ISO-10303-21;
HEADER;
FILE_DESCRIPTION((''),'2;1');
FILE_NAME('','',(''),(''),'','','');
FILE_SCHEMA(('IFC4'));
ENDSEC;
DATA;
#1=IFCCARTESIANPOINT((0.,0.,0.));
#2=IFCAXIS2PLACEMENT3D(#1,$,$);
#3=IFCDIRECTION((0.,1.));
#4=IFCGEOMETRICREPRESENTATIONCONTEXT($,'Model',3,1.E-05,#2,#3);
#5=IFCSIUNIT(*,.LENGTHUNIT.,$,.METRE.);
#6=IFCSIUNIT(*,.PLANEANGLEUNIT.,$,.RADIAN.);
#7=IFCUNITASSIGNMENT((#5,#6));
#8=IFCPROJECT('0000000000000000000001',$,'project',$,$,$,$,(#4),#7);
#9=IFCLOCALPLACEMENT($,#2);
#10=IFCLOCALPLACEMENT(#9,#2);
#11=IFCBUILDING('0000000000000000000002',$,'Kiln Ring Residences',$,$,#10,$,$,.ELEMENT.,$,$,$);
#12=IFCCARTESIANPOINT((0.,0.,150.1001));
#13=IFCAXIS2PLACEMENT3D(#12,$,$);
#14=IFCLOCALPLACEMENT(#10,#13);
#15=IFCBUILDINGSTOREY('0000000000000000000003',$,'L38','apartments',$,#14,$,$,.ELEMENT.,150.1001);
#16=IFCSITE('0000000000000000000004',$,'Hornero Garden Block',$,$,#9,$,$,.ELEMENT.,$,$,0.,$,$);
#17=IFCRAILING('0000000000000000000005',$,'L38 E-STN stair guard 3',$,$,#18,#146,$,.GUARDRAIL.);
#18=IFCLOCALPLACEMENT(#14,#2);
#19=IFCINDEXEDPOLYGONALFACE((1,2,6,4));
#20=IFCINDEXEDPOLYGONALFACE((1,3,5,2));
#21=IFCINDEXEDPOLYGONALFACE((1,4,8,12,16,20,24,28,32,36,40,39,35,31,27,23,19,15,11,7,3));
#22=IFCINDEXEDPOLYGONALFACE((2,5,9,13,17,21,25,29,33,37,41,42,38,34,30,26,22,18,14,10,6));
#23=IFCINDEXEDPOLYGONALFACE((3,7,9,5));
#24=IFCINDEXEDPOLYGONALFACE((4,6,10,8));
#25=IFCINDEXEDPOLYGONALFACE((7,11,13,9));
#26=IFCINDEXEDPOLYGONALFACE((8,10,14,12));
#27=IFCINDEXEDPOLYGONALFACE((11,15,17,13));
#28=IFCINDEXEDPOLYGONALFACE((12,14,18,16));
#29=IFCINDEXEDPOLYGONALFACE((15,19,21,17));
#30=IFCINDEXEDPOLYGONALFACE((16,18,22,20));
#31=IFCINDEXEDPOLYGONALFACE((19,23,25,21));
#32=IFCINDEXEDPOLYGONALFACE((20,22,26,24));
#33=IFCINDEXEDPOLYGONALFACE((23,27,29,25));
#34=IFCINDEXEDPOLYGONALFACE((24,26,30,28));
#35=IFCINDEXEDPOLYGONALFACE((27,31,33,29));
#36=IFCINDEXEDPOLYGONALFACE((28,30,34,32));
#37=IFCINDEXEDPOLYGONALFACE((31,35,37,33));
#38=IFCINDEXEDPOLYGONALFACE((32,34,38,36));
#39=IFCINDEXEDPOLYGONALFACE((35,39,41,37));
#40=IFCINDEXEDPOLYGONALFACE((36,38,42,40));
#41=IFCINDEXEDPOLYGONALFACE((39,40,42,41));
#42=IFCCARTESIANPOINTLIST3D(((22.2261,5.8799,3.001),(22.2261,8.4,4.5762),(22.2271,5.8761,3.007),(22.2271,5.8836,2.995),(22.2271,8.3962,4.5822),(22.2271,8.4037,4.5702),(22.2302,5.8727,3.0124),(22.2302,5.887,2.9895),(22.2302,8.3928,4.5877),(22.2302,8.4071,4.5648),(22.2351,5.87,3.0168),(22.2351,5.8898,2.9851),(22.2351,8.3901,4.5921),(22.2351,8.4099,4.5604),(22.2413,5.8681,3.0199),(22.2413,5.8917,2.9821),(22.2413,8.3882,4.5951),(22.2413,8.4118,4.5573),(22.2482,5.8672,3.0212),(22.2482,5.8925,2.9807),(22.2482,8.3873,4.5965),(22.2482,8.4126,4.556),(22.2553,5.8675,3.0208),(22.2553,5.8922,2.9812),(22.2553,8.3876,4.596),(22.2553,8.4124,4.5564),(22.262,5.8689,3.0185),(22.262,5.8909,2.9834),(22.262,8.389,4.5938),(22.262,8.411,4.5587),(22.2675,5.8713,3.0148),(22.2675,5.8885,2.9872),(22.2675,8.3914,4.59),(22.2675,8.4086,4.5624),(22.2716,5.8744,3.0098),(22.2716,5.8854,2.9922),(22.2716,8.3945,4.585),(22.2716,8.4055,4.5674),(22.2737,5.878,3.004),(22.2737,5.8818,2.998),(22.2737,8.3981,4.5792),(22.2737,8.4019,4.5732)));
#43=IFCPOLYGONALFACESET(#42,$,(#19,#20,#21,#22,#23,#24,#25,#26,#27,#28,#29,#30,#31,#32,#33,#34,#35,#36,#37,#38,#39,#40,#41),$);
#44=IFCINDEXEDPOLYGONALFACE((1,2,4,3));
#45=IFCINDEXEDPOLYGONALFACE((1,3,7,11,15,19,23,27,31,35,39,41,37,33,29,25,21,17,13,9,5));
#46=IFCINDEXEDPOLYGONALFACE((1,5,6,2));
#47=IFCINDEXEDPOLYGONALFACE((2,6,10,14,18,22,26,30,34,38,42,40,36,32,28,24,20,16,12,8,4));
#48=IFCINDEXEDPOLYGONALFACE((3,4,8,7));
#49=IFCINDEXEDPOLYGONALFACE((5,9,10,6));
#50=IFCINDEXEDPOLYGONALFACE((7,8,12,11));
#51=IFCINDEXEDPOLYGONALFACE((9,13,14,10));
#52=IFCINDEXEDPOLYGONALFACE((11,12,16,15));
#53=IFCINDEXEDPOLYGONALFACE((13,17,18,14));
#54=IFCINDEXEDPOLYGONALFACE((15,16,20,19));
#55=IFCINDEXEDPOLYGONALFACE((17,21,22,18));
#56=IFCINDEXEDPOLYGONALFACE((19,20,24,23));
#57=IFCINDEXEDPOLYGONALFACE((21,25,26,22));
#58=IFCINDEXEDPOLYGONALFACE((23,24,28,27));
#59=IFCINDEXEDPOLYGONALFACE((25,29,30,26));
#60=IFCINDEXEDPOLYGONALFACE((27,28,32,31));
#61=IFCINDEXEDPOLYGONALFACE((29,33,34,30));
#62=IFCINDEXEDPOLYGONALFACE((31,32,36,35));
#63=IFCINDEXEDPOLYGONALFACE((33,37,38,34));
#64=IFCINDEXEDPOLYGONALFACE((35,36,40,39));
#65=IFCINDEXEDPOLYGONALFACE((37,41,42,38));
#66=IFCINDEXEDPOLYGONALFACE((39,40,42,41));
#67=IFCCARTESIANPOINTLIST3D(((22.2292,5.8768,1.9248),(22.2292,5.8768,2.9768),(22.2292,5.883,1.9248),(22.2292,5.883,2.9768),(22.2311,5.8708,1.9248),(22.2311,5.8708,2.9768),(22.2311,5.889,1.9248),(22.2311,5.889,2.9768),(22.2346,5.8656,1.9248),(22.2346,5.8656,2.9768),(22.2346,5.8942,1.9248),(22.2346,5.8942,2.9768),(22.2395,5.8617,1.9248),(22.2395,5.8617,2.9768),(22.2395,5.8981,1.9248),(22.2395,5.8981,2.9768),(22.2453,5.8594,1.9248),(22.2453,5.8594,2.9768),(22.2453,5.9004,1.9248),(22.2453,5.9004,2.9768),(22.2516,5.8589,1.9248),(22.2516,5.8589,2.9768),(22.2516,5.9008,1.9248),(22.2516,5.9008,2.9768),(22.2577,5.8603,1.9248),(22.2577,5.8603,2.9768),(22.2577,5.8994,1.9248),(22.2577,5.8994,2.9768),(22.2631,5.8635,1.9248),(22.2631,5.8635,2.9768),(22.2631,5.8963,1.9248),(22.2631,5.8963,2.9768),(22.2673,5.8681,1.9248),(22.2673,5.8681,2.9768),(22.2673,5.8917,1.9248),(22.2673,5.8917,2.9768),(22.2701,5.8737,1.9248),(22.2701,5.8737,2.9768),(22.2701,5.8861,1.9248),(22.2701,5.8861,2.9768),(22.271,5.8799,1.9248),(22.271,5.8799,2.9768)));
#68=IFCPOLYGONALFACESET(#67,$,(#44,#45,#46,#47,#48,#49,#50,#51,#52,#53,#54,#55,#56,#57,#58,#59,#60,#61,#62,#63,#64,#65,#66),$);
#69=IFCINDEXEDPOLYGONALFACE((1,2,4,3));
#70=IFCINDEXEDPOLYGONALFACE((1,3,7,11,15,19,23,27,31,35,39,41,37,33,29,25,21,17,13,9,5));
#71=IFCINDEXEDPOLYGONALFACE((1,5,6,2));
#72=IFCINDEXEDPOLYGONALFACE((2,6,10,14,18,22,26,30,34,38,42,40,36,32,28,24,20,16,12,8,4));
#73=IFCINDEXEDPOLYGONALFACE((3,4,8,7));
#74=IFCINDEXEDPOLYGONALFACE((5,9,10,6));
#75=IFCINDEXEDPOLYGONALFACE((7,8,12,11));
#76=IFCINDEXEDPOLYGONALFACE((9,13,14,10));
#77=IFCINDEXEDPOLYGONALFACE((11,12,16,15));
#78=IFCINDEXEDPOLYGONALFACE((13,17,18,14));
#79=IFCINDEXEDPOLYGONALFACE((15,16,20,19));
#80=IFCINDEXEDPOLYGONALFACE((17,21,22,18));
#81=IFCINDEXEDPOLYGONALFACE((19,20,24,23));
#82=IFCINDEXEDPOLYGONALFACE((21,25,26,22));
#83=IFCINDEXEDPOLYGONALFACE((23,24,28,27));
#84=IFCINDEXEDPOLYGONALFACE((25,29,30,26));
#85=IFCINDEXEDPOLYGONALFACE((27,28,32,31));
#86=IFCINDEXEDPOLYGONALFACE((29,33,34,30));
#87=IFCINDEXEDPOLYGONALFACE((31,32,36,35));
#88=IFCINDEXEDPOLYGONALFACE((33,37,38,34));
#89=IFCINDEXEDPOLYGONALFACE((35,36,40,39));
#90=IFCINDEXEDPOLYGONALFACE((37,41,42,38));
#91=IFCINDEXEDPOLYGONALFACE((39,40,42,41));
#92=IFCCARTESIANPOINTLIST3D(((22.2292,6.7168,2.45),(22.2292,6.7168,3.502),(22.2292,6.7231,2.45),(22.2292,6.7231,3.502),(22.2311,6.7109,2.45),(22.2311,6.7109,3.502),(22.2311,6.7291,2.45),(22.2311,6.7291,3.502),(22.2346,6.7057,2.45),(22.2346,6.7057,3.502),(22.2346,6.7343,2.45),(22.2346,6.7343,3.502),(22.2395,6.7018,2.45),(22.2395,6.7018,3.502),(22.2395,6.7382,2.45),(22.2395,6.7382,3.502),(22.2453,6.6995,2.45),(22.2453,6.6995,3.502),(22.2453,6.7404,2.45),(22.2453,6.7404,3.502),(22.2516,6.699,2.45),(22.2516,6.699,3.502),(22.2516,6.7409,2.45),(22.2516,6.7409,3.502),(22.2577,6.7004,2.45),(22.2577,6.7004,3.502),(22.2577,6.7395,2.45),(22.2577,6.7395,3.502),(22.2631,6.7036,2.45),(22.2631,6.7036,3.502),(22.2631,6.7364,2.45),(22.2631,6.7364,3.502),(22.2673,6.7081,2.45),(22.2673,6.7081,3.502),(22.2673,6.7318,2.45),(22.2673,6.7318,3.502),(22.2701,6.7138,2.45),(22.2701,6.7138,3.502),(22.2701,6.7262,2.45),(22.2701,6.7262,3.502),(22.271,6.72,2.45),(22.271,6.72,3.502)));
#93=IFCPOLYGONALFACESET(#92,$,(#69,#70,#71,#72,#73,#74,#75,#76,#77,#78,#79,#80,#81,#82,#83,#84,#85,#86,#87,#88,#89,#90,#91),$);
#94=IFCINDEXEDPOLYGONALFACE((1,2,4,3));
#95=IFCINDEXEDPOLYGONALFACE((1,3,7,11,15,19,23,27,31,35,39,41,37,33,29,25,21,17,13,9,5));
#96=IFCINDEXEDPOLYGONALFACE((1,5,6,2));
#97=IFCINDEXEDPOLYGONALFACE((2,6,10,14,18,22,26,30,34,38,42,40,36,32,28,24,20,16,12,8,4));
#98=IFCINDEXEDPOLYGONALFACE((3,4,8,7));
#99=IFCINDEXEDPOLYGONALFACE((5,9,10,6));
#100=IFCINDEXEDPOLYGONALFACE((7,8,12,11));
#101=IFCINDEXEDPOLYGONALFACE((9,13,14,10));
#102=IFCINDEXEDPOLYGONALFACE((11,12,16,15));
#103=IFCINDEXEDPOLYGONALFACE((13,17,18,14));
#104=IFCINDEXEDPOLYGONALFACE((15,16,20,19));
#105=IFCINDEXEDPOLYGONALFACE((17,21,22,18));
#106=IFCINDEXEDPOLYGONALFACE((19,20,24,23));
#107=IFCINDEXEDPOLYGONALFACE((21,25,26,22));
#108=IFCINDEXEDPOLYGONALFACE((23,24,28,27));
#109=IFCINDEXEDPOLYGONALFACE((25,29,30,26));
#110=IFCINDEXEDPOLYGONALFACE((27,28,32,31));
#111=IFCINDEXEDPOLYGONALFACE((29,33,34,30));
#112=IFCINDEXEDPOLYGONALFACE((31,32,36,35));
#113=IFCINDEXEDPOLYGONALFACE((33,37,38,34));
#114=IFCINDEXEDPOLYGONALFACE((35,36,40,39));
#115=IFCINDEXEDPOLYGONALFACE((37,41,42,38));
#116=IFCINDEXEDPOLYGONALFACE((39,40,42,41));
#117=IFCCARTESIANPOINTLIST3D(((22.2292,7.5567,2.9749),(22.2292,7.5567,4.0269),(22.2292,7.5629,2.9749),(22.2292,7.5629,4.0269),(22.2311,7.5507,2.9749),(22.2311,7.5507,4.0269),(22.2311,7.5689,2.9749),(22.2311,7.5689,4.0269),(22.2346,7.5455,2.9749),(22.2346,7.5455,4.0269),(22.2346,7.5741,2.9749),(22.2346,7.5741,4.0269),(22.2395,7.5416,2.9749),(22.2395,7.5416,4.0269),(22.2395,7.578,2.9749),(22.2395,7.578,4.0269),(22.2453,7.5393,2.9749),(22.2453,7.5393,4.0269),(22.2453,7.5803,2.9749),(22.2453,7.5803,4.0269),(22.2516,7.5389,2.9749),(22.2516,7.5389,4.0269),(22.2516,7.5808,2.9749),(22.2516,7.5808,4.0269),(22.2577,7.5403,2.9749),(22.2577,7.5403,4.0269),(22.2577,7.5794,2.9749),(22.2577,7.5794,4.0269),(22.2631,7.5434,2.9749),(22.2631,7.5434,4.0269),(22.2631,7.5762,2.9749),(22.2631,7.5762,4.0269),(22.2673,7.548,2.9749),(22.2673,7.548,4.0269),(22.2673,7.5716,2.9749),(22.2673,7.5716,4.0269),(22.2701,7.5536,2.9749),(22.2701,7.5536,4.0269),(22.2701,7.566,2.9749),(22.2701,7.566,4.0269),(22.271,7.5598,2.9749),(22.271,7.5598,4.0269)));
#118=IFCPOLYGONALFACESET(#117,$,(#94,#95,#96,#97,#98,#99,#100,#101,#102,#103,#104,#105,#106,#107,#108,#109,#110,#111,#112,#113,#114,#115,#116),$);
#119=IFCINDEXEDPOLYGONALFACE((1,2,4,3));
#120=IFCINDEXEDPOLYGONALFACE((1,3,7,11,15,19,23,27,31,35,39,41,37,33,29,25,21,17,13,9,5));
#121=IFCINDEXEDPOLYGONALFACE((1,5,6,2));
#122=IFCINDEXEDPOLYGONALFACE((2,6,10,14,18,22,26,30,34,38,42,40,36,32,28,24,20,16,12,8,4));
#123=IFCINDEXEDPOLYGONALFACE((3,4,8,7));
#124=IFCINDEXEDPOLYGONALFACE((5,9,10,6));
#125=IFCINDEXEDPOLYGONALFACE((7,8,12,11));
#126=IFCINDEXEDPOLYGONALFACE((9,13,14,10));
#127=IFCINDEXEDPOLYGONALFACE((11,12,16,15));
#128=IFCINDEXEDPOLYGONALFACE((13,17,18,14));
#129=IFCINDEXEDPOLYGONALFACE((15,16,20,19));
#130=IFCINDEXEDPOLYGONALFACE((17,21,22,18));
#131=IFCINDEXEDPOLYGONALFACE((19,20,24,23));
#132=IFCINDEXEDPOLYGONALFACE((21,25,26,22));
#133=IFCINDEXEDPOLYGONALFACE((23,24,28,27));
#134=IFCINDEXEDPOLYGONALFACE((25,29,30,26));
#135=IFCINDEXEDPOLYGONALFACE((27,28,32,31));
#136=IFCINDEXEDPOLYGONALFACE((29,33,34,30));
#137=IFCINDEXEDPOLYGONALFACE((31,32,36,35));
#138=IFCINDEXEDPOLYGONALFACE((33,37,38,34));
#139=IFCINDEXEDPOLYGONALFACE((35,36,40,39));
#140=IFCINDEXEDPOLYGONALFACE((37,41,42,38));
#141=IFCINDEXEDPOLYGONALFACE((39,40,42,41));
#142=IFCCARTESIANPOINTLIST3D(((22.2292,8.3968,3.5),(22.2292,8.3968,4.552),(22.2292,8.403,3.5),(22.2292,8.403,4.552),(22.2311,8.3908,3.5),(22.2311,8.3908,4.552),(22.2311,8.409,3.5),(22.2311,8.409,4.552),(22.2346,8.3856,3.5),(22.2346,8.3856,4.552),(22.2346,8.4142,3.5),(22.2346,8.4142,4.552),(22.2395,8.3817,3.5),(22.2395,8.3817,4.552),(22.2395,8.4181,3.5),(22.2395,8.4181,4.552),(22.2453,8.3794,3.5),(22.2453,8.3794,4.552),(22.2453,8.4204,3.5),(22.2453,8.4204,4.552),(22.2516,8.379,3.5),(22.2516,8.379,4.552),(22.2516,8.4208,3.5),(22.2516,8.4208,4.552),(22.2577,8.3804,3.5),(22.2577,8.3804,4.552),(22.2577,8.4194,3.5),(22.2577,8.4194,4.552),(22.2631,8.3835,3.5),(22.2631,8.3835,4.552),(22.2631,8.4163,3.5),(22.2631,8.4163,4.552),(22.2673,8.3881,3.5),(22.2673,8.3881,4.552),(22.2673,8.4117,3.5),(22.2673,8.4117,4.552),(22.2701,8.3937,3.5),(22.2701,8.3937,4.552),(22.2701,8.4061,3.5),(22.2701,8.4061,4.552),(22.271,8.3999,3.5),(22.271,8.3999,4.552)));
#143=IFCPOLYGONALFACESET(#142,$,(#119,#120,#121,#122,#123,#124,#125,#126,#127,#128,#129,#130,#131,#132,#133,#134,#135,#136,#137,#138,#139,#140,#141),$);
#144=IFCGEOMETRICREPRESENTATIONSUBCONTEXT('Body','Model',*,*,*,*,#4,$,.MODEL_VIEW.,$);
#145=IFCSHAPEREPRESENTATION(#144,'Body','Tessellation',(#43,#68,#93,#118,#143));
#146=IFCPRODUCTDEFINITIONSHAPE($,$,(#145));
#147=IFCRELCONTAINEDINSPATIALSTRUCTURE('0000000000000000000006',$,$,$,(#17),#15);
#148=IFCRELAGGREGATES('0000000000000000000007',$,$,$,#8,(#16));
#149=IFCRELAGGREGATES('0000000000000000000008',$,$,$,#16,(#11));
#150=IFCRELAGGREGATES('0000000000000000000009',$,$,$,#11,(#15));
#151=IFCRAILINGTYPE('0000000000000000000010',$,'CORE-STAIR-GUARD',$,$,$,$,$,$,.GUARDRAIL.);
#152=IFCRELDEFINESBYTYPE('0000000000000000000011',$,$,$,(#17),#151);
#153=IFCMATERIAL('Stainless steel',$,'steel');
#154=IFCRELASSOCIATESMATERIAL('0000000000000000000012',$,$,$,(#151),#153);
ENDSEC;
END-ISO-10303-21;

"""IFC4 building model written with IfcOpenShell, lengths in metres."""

from ifc_helpers import new_model, si_unit, direction, frame, origin, origin_2d, place, context, subcontext, project, spatial, circle, extrude, material, type_object, element, save


model = new_model("IFC4")

# Units and contexts
model_context = context("Model", 3, precision=1e-05, world=origin(), true_north=direction((0.0, 1.0)))
body_context = subcontext(model_context, "Body", "Model", "MODEL_VIEW")
ifc_project = project(units=[si_unit("LENGTHUNIT", "METRE"), si_unit("PLANEANGLEUNIT", "RADIAN")], contexts=[model_context])

# Site, building, storey
site_placement = place(None, origin())
site = spatial("IfcSite", under=ifc_project, at=site_placement, Name="Hornero Garden Block", CompositionType="ELEMENT", RefElevation=0.0)
building_placement = place(site_placement, origin())
building = spatial("IfcBuilding", under=site, at=building_placement, Name="Kiln Ring Residences", CompositionType="ELEMENT")
storey_placement = place(building_placement, frame((0.0, 0.0, 150.1001)))
storey = spatial("IfcBuildingStorey", under=building, at=storey_placement, Name="L38", Description="apartments", CompositionType="ELEMENT", Elevation=150.1001)

# Railing
ifc_material_1 = material(Name="Stainless steel", Category="steel")
railing_type_1 = type_object("IfcRailingType", Name="CORE-STAIR-GUARD", PredefinedType="GUARDRAIL", material=ifc_material_1)
railing_1_placement = place(storey_placement, frame((22.25, 5.8799, 1.9248)))
element("IfcRailing", 1, at=railing_1_placement, inside=storey, type_object=railing_type_1, Name="L38 E-STN stair guard 3", PredefinedType="GUARDRAIL", context=body_context, shape_type="SweptSolid", body=[
    extrude(circle(Radius=0.0239, at=origin_2d()), frame((0.0, 0.0, 1.0762), z_axis=(0.0, 0.847971, 0.530043), x_axis=(-1.0, 0.0, 0.0)), (0.0, 0.0, 1.0), 2.9719),
    extrude(circle(Radius=0.021, at=origin_2d()), origin(), (0.0, 0.0, 1.0), 1.052),
    extrude(circle(Radius=0.021, at=origin_2d()), frame((0.0, 0.8401, 0.5251)), (0.0, 0.0, 1.0), 1.052),
    extrude(circle(Radius=0.021, at=origin_2d()), frame((0.0, 1.6799, 1.05)), (0.0, 0.0, 1.0), 1.052),
    extrude(circle(Radius=0.021, at=origin_2d()), frame((0.0, 2.52, 1.5752)), (0.0, 0.0, 1.0), 1.052),
])

save(model, "model.ifc")
